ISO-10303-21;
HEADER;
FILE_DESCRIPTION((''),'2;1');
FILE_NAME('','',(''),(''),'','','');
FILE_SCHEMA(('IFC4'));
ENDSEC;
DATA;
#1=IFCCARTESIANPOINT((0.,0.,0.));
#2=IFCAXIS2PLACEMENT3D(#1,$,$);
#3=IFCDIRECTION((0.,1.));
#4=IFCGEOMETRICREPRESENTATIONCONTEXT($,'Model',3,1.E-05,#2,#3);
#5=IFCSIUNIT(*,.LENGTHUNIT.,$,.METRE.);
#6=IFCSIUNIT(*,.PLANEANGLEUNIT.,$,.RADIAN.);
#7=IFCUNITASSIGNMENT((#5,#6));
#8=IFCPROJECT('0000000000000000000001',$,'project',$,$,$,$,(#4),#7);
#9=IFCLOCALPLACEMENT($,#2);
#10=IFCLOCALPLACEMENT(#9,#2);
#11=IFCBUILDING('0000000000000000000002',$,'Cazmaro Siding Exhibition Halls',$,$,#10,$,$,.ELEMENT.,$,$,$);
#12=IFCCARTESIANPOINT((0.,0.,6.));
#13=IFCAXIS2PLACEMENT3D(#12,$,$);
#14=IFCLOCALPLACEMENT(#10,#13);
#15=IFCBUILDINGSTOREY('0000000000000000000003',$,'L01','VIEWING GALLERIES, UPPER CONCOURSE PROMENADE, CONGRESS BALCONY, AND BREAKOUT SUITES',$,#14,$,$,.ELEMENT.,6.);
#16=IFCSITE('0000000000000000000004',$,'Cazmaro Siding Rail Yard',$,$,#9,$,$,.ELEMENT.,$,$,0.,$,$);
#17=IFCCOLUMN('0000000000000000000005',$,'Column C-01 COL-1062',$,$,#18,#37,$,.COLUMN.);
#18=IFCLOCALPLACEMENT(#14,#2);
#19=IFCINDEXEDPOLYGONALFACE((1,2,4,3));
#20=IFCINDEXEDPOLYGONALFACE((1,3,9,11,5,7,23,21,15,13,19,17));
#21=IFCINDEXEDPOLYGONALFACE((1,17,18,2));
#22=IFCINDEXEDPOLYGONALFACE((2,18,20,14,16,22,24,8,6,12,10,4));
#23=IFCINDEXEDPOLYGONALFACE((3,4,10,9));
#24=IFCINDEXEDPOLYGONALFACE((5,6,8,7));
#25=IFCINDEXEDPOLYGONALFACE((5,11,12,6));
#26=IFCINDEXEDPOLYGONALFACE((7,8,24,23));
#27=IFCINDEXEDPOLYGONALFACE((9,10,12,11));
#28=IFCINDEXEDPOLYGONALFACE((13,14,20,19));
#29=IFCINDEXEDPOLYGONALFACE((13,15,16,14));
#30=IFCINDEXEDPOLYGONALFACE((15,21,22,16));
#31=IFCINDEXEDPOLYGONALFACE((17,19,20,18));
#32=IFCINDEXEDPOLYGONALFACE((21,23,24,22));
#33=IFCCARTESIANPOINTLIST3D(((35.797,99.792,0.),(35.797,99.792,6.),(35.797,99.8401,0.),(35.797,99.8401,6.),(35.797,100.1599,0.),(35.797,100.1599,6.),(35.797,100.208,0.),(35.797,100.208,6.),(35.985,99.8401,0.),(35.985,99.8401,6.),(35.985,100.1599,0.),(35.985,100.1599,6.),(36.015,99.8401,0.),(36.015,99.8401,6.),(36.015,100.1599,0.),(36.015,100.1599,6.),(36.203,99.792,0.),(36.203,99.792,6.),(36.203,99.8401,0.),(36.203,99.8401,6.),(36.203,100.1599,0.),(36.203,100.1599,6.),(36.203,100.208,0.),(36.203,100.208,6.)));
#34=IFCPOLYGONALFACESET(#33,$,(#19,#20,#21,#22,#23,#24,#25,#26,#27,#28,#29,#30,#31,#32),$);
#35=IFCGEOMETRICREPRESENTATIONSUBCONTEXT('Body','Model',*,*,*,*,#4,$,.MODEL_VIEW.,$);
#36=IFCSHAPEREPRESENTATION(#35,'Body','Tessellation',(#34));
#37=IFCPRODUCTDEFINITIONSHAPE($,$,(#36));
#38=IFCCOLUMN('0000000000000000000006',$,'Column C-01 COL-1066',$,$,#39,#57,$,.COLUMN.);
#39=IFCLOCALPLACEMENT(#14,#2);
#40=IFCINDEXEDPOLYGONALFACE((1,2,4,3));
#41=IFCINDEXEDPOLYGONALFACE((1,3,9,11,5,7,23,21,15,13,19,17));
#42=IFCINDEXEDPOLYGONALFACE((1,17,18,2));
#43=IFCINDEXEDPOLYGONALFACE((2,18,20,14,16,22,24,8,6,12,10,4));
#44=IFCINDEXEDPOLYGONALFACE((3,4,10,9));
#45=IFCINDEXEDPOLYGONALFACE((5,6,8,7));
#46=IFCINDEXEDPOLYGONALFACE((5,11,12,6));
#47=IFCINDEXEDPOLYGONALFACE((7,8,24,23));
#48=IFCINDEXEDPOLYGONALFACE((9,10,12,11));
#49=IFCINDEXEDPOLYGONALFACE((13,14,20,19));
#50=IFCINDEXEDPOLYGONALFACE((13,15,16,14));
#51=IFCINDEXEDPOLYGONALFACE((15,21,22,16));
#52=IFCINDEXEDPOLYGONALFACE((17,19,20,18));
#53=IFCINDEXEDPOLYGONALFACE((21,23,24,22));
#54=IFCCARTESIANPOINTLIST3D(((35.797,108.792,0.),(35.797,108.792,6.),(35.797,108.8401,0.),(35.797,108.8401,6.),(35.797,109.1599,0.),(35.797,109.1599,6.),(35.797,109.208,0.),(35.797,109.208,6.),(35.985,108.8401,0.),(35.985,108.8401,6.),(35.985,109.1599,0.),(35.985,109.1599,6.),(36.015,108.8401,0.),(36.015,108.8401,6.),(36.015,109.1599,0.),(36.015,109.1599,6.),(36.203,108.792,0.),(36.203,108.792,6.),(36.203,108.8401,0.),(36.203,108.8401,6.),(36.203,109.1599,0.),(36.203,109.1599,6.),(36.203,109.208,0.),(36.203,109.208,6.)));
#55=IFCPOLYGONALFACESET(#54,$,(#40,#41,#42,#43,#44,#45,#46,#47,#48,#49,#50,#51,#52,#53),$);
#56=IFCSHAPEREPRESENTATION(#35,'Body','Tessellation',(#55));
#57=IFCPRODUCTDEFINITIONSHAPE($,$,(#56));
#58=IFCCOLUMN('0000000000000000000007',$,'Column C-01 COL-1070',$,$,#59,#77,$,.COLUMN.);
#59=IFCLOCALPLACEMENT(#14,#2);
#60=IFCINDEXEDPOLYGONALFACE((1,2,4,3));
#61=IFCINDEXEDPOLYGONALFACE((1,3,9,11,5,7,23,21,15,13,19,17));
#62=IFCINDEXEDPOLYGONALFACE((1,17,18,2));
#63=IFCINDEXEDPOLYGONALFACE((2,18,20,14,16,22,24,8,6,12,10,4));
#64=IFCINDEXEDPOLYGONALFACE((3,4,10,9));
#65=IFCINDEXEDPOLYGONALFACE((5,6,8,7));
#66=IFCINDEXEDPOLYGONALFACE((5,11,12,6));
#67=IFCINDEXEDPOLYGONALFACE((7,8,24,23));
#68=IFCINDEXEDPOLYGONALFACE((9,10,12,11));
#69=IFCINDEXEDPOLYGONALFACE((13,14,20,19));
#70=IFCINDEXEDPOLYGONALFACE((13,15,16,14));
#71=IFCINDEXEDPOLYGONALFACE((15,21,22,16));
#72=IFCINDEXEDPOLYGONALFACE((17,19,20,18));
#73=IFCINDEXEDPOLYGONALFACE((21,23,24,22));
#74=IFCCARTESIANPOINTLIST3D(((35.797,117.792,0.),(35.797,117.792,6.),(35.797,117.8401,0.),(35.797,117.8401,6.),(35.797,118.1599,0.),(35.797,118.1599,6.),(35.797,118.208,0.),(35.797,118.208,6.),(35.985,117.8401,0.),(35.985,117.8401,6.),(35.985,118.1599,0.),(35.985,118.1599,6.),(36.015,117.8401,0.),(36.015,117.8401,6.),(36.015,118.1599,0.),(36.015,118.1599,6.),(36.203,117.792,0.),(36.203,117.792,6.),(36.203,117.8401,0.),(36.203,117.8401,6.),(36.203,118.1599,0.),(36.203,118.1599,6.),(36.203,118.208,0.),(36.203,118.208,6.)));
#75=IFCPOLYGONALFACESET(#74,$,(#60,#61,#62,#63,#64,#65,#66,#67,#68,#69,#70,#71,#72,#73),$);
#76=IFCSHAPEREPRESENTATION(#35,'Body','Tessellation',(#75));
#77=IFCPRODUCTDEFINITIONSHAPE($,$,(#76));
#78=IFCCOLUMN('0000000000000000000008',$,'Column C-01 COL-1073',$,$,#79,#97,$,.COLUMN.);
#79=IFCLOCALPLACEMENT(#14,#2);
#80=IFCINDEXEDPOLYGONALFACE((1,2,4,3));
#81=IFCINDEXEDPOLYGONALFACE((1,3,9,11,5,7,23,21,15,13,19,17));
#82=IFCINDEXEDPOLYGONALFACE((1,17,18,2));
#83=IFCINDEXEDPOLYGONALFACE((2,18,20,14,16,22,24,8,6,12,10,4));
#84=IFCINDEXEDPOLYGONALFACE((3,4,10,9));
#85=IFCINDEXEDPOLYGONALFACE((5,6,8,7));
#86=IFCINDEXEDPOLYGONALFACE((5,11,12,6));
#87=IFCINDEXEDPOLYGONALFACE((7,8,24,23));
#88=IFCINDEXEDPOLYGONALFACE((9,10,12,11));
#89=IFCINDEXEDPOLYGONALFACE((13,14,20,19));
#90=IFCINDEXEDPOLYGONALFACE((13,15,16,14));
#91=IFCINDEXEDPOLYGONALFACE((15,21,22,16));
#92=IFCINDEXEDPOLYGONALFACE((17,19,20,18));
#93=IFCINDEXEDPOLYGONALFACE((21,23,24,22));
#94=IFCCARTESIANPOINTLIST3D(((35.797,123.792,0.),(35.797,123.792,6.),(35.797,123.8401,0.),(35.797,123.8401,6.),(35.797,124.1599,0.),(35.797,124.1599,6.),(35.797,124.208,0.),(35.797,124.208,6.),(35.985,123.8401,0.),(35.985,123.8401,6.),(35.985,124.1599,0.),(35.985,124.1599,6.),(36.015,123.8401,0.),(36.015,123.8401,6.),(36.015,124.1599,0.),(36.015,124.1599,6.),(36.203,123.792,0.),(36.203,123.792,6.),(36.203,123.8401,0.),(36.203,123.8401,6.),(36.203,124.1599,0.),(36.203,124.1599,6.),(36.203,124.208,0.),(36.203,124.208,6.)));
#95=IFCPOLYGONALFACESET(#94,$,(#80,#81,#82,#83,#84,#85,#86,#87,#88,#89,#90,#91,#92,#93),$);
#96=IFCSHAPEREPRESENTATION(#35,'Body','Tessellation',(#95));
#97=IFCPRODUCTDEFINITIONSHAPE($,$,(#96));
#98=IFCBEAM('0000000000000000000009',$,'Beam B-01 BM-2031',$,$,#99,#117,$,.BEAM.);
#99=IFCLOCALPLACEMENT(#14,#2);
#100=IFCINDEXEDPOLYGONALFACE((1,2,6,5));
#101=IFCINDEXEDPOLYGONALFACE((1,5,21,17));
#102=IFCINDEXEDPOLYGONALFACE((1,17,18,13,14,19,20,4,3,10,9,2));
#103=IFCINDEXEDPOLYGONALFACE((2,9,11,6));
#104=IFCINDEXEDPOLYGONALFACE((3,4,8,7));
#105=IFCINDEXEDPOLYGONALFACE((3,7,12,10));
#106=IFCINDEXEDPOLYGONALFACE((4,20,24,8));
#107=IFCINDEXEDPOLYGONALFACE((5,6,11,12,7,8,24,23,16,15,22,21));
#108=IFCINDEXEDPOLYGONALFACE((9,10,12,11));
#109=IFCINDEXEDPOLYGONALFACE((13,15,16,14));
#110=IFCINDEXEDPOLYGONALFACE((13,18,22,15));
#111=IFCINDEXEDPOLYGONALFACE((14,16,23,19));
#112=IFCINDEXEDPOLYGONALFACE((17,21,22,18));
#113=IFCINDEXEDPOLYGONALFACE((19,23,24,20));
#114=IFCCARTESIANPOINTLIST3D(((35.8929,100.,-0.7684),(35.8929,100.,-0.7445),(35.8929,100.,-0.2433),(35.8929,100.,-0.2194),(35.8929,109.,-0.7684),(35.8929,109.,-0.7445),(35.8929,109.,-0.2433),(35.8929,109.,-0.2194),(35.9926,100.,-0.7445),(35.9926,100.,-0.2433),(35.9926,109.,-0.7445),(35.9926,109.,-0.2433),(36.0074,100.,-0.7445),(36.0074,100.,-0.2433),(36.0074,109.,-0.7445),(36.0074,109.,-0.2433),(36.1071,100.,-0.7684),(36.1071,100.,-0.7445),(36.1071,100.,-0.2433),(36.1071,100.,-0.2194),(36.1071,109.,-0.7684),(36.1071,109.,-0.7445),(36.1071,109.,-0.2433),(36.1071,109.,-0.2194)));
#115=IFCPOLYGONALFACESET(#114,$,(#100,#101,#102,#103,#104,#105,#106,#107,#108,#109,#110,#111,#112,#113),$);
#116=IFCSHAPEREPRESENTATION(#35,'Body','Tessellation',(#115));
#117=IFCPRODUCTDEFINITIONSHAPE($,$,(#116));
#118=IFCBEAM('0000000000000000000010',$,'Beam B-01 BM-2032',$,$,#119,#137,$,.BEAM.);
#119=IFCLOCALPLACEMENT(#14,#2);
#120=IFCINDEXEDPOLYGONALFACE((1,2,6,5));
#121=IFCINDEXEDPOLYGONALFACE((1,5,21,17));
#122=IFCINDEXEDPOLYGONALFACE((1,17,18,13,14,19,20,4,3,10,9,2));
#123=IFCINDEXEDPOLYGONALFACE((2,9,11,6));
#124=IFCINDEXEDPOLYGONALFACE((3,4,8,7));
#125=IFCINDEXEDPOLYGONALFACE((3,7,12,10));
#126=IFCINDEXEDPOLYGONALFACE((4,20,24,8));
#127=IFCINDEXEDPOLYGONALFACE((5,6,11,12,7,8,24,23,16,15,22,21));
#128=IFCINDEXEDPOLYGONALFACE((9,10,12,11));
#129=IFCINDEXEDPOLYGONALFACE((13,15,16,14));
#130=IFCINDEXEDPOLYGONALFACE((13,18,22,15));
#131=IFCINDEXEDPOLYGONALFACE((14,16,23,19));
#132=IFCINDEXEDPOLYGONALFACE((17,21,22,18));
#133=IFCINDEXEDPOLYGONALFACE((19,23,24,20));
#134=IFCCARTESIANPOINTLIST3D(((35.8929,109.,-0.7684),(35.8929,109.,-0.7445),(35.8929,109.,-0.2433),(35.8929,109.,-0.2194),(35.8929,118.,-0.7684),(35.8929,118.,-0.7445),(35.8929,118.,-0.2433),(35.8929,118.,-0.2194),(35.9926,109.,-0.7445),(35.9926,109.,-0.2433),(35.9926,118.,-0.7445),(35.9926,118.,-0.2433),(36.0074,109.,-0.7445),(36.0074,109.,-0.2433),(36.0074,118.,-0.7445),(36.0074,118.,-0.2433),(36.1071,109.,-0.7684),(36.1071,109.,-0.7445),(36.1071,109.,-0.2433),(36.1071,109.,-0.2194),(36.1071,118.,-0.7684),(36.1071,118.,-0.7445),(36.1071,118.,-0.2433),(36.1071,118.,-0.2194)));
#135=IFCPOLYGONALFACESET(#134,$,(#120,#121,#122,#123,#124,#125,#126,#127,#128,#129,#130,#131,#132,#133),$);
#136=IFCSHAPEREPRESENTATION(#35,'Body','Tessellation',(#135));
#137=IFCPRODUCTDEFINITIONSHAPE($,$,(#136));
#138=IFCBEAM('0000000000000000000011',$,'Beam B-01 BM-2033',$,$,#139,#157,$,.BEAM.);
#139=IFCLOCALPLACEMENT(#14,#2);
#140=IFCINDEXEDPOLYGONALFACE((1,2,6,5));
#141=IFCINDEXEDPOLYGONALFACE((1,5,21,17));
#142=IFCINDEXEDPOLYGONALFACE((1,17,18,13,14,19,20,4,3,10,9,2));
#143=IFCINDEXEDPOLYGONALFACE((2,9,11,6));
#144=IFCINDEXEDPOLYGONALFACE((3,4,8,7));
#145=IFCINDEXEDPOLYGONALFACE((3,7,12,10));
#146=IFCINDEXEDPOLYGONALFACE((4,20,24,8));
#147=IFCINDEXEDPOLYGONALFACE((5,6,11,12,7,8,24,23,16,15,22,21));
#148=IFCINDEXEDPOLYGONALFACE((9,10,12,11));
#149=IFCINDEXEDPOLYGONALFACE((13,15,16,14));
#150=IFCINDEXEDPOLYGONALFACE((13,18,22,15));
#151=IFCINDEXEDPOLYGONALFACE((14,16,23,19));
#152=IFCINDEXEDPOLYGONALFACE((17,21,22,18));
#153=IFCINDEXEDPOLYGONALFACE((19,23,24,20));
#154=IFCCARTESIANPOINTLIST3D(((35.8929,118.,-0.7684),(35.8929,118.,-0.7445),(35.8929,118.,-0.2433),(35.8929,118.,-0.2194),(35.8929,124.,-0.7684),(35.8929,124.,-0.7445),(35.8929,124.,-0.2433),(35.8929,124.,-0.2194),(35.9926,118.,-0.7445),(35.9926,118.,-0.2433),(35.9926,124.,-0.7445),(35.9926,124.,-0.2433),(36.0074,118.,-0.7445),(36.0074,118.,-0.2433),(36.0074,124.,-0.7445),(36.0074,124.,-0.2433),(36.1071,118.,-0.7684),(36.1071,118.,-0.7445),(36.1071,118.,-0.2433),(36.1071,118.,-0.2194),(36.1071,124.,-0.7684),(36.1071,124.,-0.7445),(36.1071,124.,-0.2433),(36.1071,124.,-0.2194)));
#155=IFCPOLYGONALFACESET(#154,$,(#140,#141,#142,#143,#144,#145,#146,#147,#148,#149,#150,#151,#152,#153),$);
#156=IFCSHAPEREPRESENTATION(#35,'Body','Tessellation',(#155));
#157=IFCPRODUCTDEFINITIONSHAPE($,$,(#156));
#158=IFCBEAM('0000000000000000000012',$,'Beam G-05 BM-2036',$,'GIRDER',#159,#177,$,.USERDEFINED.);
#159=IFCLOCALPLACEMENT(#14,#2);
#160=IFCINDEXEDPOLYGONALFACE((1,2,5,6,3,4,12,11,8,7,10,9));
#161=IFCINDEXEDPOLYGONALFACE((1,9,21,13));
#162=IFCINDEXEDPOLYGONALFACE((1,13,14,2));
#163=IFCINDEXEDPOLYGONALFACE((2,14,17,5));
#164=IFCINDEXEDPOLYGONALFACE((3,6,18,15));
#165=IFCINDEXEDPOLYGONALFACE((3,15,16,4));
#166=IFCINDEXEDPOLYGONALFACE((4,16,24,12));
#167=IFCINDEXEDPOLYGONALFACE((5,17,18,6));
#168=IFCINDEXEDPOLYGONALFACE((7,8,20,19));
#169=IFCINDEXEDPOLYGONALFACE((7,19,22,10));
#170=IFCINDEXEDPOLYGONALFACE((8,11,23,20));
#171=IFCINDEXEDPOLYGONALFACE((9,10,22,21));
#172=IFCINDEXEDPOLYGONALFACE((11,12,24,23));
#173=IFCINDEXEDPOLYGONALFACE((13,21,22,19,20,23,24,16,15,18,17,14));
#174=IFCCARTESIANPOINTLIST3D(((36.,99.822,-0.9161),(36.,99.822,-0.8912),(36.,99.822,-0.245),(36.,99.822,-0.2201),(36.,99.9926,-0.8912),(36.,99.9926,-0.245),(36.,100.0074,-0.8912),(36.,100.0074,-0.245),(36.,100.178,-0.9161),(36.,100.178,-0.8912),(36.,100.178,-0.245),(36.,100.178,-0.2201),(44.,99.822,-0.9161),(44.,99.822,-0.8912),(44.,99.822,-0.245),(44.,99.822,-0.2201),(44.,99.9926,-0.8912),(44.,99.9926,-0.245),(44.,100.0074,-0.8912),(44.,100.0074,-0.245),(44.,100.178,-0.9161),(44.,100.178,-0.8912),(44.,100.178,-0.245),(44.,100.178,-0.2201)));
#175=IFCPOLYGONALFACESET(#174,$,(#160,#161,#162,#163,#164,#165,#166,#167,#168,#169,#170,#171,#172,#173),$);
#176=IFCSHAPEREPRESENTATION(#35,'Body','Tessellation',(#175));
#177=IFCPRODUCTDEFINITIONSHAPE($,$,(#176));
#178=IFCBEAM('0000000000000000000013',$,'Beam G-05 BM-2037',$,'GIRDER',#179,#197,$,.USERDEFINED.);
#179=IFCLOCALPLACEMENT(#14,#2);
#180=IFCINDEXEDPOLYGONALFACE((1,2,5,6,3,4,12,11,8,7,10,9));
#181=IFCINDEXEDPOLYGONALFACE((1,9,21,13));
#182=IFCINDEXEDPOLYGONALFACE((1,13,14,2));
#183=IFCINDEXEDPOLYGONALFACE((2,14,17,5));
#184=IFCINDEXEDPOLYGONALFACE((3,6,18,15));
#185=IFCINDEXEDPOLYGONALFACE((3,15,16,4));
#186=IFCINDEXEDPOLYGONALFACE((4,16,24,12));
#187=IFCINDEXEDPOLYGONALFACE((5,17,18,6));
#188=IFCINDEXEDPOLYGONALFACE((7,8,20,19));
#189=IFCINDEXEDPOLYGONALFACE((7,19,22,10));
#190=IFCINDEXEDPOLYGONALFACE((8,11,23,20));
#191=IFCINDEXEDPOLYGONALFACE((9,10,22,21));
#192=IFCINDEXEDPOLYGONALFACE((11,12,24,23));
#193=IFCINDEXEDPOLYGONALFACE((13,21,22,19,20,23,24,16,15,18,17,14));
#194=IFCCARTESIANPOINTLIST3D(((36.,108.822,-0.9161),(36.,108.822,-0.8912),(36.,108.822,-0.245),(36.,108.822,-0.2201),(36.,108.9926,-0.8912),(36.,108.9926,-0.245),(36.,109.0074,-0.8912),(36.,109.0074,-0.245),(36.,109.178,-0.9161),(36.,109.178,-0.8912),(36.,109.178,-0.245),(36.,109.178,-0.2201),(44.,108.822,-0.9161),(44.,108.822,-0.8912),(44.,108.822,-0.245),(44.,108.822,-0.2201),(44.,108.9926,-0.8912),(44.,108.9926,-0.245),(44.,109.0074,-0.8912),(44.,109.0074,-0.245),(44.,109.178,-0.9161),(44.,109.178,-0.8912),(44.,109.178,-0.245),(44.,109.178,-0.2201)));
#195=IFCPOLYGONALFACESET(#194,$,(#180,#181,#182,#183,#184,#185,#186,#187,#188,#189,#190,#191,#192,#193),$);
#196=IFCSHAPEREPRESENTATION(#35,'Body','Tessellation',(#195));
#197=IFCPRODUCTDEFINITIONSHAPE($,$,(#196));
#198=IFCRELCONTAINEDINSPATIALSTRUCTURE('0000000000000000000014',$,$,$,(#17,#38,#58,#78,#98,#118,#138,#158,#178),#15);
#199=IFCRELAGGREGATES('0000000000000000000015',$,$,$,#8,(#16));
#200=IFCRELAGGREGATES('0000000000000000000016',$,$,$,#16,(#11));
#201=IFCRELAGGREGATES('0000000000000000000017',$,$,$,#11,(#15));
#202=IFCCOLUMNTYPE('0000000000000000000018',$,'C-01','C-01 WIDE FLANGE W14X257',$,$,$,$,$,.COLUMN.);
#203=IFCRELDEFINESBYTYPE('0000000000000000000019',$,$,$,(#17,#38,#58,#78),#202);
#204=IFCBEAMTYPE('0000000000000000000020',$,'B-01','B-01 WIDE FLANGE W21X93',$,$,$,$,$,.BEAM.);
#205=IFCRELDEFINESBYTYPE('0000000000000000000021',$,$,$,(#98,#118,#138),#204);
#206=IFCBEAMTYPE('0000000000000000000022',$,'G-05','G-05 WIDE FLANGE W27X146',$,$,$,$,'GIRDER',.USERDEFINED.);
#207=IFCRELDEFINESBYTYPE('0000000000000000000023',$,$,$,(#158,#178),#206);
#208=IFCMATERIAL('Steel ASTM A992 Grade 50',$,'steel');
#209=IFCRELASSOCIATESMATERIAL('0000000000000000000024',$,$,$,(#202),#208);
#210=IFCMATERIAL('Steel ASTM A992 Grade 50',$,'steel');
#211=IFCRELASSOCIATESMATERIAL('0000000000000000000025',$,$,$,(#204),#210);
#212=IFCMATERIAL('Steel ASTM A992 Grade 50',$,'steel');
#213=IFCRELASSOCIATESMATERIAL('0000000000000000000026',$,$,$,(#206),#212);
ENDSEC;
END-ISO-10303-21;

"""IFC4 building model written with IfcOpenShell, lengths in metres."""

from ifc_helpers import new_model, si_unit, direction, frame, origin, origin_2d, place, context, subcontext, project, spatial, i_section, extrude, material, material_profile, profile_set, type_object, element, save


model = new_model("IFC4")

# Units and contexts
model_context = context("Model", 3, precision=1e-05, world=origin(), true_north=direction((0.0, 1.0)))
body_context = subcontext(model_context, "Body", "Model", "MODEL_VIEW")
ifc_project = project(units=[si_unit("LENGTHUNIT", "METRE"), si_unit("PLANEANGLEUNIT", "RADIAN")], contexts=[model_context])

# Site, building, storey
site_placement = place(None, origin())
site = spatial("IfcSite", under=ifc_project, at=site_placement, Name="Cazmaro Siding Rail Yard", CompositionType="ELEMENT", RefElevation=0.0)
building_placement = place(site_placement, origin())
building = spatial("IfcBuilding", under=site, at=building_placement, Name="Cazmaro Siding Exhibition Halls", CompositionType="ELEMENT")
storey_placement = place(building_placement, frame((0.0, 0.0, 6.0)))
storey = spatial("IfcBuildingStorey", under=building, at=storey_placement, Name="L01", Description="VIEWING GALLERIES, UPPER CONCOURSE PROMENADE, CONGRESS BALCONY, AND BREAKOUT SUITES", CompositionType="ELEMENT", Elevation=6.0)

# Columns
ifc_material_1 = material(Name="Steel ASTM A992 Grade 50", Category="steel")
ifc_material_profile_1 = material_profile(ifc_material_1, i_section(OverallWidth=0.406, OverallDepth=0.416, WebThickness=0.03, FlangeThickness=0.0481, at=origin_2d()), Name="W14X257")
ifc_profile_set_1 = profile_set([ifc_material_profile_1], Name="Steel ASTM A992 Grade 50")
column_type = type_object("IfcColumnType", Name="C-01", Description="C-01 WIDE FLANGE W14X257", PredefinedType="COLUMN", material=ifc_profile_set_1)
for number, where, z_axis, x_axis, name in (
    (1, (36.0, 100.0, 0.0), (0.0, 0.0, 1.0), (1.0, 0.0, 0.0), "Column C-01 COL-1062"),
    (2, (36.0, 109.0, 0.0), (0.0, 0.0, 1.0), (1.0, 0.0, 0.0), "Column C-01 COL-1066"),
    (3, (36.0, 118.0, 0.0), (0.0, 0.0, 1.0), (1.0, 0.0, 0.0), "Column C-01 COL-1070"),
    (4, (36.0, 124.0, 0.0), (0.0, 0.0, 1.0), (1.0, 0.0, 0.0), "Column C-01 COL-1073"),
):
    element("IfcColumn", number, at=place(storey_placement, frame(where, z_axis=z_axis, x_axis=x_axis)), inside=storey, type_object=column_type, Name=name, PredefinedType="COLUMN", context=body_context, shape_type="SweptSolid", body=[
        extrude(i_section(OverallWidth=0.406, OverallDepth=0.416, WebThickness=0.03, FlangeThickness=0.0481, at=origin_2d()), origin(), (0.0, 0.0, 1.0), 6.0),
    ])

# Beams
ifc_material_2 = material(Name="Steel ASTM A992 Grade 50", Category="steel")
ifc_material_profile_2 = material_profile(ifc_material_2, i_section(OverallWidth=0.2141, OverallDepth=0.5491, WebThickness=0.0149, FlangeThickness=0.0239, at=origin_2d()), Name="W21X93")
ifc_profile_set_2 = profile_set([ifc_material_profile_2], Name="Steel ASTM A992 Grade 50")
beam_type_1 = type_object("IfcBeamType", Name="B-01", Description="B-01 WIDE FLANGE W21X93", PredefinedType="BEAM", material=ifc_profile_set_2)
for number, where, z_axis, x_axis, name in (
    (5, (36.0, 100.0, -0.4939), (0.0, 1.0, 0.0), (-1.0, 0.0, 0.0), "Beam B-01 BM-2031"),
    (6, (36.0, 109.0, -0.4939), (0.0, 1.0, 0.0), (-1.0, 0.0, 0.0), "Beam B-01 BM-2032"),
):
    element("IfcBeam", number, at=place(storey_placement, frame(where, z_axis=z_axis, x_axis=x_axis)), inside=storey, type_object=beam_type_1, Name=name, PredefinedType="BEAM", context=body_context, shape_type="SweptSolid", body=[
        extrude(i_section(OverallWidth=0.2141, OverallDepth=0.5491, WebThickness=0.0149, FlangeThickness=0.0239, at=origin_2d()), origin(), (0.0, 0.0, 1.0), 9.0),
    ])
beam_1_placement = place(storey_placement, frame((36.0, 118.0, -0.4939), z_axis=(0.0, 1.0, 0.0), x_axis=(-1.0, 0.0, 0.0)))
element("IfcBeam", 7, at=beam_1_placement, inside=storey, type_object=beam_type_1, Name="Beam B-01 BM-2033", PredefinedType="BEAM", context=body_context, shape_type="SweptSolid", body=[
    extrude(i_section(OverallWidth=0.2141, OverallDepth=0.5491, WebThickness=0.0149, FlangeThickness=0.0239, at=origin_2d()), origin(), (0.0, 0.0, 1.0), 6.0),
])
ifc_material_3 = material(Name="Steel ASTM A992 Grade 50", Category="steel")
ifc_material_profile_3 = material_profile(ifc_material_3, i_section(OverallWidth=0.356, OverallDepth=0.696, WebThickness=0.0149, FlangeThickness=0.0249, at=origin_2d()), Name="W27X146")
ifc_profile_set_3 = profile_set([ifc_material_profile_3], Name="Steel ASTM A992 Grade 50")
beam_type_2 = type_object("IfcBeamType", Name="G-05", Description="G-05 WIDE FLANGE W27X146", ElementType="GIRDER", PredefinedType="USERDEFINED", material=ifc_profile_set_3)
for number, where, z_axis, x_axis, name in (
    (8, (36.0, 100.0, -0.5681), (1.0, 0.0, 0.0), (0.0, 1.0, 0.0), "Beam G-05 BM-2036"),
    (9, (36.0, 109.0, -0.5681), (1.0, 0.0, 0.0), (0.0, 1.0, 0.0), "Beam G-05 BM-2037"),
):
    element("IfcBeam", number, at=place(storey_placement, frame(where, z_axis=z_axis, x_axis=x_axis)), inside=storey, type_object=beam_type_2, Name=name, ObjectType="GIRDER", PredefinedType="USERDEFINED", context=body_context, shape_type="SweptSolid", body=[
        extrude(i_section(OverallWidth=0.356, OverallDepth=0.696, WebThickness=0.0149, FlangeThickness=0.0249, at=origin_2d()), origin(), (0.0, 0.0, 1.0), 8.0),
    ])

save(model, "model.ifc")
